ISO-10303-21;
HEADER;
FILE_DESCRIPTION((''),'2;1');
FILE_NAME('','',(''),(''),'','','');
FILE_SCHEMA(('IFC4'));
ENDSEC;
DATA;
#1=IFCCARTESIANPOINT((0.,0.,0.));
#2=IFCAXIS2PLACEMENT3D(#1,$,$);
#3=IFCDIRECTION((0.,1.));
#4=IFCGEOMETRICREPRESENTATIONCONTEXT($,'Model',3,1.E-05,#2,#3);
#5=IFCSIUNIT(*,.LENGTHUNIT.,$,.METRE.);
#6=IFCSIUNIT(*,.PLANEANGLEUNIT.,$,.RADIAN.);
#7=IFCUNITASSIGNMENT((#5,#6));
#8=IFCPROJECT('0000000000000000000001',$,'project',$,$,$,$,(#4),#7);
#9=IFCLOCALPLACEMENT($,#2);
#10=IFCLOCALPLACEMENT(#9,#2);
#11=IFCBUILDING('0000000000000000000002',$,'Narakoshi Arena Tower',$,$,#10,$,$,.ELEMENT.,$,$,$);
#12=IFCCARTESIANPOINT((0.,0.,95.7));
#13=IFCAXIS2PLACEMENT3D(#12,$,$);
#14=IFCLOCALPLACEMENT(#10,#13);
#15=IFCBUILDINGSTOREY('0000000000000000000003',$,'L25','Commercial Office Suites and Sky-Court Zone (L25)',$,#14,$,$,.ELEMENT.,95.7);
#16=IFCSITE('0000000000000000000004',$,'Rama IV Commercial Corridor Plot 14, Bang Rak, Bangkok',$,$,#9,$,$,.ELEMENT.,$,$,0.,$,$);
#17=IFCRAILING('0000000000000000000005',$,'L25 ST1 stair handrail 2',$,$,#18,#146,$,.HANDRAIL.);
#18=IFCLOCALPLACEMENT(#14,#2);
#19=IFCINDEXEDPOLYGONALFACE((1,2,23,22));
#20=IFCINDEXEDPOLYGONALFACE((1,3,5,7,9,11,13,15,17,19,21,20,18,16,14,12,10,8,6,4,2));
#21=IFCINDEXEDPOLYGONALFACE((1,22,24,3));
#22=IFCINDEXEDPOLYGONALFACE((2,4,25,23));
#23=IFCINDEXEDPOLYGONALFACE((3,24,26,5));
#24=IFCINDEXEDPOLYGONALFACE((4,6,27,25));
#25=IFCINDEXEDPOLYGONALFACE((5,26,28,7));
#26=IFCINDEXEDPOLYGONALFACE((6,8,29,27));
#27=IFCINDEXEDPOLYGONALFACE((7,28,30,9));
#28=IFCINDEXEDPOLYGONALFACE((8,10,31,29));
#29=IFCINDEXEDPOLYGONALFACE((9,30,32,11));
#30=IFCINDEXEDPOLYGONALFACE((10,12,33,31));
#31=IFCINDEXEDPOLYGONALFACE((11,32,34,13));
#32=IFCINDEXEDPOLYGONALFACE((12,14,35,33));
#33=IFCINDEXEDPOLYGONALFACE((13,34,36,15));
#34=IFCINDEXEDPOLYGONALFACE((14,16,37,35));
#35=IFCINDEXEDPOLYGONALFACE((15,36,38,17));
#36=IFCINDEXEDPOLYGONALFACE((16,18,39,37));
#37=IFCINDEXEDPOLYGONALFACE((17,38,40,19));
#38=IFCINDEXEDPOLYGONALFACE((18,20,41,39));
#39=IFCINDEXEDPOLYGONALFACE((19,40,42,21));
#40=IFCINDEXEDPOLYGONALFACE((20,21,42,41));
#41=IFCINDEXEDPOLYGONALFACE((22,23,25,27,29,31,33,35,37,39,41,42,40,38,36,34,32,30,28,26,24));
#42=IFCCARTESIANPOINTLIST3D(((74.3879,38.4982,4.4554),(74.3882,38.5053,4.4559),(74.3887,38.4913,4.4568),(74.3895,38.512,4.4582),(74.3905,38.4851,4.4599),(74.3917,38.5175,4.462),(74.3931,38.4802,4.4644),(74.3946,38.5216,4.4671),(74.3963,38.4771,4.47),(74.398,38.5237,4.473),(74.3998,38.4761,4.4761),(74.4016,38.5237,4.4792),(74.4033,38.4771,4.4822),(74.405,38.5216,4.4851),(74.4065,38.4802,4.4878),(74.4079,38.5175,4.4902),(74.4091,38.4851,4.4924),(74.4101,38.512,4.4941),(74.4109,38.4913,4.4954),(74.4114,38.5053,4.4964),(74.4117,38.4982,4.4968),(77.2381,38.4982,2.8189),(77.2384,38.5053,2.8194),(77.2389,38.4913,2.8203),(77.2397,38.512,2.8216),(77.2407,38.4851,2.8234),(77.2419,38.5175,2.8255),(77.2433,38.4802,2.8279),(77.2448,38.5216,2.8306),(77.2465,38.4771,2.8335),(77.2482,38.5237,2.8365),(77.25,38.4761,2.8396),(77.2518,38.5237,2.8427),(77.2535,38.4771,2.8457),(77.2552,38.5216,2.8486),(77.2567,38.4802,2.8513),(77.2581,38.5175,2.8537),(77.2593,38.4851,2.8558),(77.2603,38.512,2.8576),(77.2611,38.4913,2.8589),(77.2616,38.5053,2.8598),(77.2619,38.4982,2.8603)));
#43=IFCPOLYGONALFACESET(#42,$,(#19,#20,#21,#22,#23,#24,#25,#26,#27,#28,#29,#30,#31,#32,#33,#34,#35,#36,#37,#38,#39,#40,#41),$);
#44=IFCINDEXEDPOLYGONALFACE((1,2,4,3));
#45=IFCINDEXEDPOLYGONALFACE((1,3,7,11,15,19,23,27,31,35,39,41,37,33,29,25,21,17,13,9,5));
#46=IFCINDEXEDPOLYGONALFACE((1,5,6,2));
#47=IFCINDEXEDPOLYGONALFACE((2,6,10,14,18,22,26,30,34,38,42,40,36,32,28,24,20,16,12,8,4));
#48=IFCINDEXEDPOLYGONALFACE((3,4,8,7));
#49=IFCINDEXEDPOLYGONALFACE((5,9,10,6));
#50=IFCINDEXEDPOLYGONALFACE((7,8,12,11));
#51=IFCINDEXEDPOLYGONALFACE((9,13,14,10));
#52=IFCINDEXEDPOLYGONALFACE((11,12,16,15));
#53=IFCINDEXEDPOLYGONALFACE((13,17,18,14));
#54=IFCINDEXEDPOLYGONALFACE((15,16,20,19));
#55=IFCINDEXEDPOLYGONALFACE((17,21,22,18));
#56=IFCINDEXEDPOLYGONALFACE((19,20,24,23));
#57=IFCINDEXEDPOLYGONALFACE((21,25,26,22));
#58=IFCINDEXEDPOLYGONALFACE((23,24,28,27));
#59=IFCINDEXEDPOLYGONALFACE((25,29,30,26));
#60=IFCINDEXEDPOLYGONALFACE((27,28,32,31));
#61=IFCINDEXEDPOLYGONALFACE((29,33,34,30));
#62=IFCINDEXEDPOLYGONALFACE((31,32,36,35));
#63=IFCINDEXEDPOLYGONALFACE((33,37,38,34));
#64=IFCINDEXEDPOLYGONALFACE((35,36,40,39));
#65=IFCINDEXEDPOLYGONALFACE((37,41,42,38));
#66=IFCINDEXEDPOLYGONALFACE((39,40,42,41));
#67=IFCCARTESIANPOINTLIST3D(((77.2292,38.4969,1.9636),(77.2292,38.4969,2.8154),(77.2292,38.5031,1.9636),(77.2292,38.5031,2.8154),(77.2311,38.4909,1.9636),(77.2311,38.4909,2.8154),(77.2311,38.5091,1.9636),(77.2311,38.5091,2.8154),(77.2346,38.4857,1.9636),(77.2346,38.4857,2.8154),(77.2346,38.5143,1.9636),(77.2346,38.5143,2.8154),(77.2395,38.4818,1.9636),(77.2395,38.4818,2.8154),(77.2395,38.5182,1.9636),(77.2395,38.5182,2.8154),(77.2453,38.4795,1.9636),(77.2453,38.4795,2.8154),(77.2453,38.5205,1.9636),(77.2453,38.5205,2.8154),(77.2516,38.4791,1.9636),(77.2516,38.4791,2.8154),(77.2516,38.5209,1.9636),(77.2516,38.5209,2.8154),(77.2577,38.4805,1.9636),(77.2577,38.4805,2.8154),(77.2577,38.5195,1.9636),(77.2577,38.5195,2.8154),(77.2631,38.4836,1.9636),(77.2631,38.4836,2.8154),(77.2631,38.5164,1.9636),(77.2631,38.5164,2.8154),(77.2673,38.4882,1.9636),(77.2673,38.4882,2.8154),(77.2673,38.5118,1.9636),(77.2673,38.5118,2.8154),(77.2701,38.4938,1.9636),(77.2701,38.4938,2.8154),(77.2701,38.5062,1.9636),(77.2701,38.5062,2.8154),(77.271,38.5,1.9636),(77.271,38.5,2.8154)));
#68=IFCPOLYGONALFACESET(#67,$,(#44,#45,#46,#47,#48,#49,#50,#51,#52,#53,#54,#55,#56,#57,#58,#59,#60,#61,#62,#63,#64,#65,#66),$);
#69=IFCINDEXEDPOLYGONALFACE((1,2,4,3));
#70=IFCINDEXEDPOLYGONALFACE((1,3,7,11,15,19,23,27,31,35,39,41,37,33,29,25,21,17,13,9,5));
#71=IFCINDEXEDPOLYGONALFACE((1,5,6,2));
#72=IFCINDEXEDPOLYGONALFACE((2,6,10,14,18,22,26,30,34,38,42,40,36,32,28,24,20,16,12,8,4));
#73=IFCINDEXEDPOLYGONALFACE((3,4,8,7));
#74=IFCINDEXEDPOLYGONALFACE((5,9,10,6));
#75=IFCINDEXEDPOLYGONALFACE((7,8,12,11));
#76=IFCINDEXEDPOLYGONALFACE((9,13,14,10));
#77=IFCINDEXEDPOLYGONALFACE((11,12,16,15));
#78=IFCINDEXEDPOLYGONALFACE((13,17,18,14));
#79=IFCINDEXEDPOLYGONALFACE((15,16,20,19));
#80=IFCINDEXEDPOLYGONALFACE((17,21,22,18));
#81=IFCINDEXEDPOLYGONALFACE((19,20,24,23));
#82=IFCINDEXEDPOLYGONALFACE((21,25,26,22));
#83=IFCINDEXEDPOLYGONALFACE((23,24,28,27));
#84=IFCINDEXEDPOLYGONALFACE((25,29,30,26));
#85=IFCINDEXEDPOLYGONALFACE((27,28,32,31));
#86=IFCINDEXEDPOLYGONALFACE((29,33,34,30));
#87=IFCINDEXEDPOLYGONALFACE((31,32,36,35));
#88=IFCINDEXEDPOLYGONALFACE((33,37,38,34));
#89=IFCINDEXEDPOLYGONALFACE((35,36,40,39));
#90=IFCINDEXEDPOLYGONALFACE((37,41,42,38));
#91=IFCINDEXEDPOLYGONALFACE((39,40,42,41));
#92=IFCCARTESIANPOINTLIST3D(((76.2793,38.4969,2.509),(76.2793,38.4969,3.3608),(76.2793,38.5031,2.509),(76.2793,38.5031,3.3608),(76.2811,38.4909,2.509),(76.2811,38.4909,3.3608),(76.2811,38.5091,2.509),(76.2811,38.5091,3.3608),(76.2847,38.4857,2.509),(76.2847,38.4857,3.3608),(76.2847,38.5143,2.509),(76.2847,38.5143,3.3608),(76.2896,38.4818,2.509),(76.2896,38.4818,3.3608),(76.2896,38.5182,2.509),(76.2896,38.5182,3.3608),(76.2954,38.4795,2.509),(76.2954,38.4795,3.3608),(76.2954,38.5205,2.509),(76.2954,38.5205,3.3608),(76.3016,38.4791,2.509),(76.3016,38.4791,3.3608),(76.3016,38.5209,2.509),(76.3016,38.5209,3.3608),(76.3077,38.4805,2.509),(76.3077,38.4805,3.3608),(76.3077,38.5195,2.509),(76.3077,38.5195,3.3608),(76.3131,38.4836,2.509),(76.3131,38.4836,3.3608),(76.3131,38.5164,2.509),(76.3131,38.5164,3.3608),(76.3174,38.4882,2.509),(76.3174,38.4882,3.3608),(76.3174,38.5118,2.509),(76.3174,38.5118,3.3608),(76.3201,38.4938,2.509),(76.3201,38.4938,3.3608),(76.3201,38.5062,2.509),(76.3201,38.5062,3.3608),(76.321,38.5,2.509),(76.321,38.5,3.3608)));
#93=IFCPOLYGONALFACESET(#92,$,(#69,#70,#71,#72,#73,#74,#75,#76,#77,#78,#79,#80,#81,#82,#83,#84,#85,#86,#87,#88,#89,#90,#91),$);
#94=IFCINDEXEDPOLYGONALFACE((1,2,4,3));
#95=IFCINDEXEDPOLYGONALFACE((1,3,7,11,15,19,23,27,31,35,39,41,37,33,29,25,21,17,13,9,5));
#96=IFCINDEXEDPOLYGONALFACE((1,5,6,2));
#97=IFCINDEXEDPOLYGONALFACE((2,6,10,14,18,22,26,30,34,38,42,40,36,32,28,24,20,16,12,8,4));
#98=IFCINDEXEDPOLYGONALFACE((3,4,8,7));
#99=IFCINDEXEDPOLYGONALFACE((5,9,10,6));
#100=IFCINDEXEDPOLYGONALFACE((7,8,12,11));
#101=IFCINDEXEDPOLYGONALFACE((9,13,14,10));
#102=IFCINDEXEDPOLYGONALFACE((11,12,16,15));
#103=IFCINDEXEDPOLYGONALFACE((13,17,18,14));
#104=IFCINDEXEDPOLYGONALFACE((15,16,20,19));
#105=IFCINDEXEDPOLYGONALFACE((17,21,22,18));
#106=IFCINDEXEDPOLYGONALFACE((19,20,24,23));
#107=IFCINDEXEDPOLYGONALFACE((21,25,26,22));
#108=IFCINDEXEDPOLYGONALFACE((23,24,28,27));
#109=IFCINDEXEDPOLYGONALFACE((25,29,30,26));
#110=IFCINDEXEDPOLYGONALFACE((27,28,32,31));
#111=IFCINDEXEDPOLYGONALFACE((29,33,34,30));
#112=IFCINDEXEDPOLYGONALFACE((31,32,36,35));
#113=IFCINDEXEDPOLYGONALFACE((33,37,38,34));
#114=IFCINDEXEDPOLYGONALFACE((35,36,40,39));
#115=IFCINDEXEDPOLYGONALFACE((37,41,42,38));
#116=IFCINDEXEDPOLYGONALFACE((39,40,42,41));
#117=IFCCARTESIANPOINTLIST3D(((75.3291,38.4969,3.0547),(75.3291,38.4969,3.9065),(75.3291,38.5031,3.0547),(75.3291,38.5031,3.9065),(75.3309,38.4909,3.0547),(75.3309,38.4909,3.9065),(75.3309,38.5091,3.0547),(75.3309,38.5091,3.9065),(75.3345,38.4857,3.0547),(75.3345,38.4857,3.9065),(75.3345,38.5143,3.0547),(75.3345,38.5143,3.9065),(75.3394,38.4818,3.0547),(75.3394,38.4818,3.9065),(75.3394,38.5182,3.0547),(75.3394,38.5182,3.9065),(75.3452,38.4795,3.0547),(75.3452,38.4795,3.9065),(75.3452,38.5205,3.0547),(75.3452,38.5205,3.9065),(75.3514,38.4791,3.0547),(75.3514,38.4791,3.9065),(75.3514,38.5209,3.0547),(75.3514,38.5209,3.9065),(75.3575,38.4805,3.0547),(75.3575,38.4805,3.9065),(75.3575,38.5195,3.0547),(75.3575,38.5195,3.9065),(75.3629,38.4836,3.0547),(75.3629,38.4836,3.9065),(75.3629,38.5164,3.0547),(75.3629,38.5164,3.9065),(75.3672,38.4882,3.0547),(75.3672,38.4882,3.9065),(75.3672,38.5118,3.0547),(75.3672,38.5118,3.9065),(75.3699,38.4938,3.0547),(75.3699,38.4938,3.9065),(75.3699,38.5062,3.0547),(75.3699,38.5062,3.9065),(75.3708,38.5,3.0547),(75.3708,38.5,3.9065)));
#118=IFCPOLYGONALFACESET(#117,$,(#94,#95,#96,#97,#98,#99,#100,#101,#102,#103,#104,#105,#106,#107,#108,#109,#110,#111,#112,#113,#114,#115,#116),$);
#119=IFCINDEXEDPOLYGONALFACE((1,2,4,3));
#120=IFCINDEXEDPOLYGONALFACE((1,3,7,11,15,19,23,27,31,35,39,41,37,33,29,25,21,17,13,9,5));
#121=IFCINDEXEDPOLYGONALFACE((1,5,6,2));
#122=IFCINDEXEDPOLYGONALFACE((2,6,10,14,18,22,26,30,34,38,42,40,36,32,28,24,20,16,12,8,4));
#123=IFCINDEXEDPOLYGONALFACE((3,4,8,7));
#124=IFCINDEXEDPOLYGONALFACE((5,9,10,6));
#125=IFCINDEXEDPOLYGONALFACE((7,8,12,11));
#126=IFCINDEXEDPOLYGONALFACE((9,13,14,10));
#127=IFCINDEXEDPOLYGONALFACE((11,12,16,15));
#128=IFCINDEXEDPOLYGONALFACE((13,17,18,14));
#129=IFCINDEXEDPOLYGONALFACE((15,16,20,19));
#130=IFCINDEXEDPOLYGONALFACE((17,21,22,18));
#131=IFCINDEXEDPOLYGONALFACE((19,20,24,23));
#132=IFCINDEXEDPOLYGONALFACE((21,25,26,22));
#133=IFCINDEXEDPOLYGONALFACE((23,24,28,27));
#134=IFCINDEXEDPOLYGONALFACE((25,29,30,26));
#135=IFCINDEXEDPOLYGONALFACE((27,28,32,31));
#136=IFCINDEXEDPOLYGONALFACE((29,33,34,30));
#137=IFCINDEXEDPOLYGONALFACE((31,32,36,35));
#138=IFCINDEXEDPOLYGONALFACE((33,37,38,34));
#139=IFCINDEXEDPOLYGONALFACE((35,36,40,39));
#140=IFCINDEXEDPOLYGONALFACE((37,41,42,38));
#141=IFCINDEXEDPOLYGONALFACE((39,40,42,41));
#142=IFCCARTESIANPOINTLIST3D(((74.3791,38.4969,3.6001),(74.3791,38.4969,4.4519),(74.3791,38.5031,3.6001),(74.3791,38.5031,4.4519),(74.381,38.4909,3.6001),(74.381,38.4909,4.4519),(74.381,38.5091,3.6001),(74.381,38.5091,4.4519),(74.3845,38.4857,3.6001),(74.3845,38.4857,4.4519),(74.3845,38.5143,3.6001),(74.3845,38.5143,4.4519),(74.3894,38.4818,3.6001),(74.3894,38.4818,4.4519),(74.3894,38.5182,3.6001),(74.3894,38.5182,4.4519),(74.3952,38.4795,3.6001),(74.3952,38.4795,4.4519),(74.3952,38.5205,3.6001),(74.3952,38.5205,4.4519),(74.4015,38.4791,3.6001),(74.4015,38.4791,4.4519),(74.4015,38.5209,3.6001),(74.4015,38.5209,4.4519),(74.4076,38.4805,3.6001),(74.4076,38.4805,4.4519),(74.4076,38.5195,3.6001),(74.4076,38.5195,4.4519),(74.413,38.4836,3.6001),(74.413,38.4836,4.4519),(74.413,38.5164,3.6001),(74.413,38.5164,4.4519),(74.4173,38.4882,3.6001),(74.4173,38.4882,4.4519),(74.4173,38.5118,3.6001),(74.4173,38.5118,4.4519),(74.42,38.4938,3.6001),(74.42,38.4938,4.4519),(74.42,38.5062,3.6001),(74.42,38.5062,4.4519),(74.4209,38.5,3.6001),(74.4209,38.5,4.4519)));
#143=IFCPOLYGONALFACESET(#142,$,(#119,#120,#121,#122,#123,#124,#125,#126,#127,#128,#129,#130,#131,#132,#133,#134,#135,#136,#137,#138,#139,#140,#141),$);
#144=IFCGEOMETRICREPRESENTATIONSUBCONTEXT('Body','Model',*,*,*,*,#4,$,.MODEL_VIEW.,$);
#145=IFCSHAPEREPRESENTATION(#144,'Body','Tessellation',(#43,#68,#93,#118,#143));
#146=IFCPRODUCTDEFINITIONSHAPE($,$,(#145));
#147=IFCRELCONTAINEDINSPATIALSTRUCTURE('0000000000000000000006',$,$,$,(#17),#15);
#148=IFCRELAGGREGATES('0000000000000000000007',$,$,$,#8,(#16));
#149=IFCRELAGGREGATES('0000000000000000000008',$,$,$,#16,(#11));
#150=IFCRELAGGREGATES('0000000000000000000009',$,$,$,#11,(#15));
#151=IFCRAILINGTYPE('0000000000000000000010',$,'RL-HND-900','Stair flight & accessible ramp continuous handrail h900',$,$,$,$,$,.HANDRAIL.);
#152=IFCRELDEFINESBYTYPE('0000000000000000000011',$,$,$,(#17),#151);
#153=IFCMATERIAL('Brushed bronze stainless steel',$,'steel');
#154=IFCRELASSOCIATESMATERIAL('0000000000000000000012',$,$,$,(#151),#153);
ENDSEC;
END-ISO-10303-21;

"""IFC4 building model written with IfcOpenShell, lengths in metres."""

from ifc_helpers import new_model, si_unit, direction, frame, origin, origin_2d, place, context, subcontext, project, spatial, circle, extrude, material, type_object, element, save


model = new_model("IFC4")

# Units and contexts
model_context = context("Model", 3, precision=1e-05, world=origin(), true_north=direction((0.0, 1.0)))
body_context = subcontext(model_context, "Body", "Model", "MODEL_VIEW")
ifc_project = project(units=[si_unit("LENGTHUNIT", "METRE"), si_unit("PLANEANGLEUNIT", "RADIAN")], contexts=[model_context])

# Site, building, storey
site_placement = place(None, origin())
site = spatial("IfcSite", under=ifc_project, at=site_placement, Name="Rama IV Commercial Corridor Plot 14, Bang Rak, Bangkok", CompositionType="ELEMENT", RefElevation=0.0)
building_placement = place(site_placement, origin())
building = spatial("IfcBuilding", under=site, at=building_placement, Name="Narakoshi Arena Tower", CompositionType="ELEMENT")
storey_placement = place(building_placement, frame((0.0, 0.0, 95.7)))
storey = spatial("IfcBuildingStorey", under=building, at=storey_placement, Name="L25", Description="Commercial Office Suites and Sky-Court Zone (L25)", CompositionType="ELEMENT", Elevation=95.7)

# Railing
ifc_material_1 = material(Name="Brushed bronze stainless steel", Category="steel")
railing_type_1 = type_object("IfcRailingType", Name="RL-HND-900", Description="Stair flight & accessible ramp continuous handrail h900", PredefinedType="HANDRAIL", material=ifc_material_1)
for number, where, name in (
    (1, (77.25, 38.5, 1.9636), "L25 ST1 stair handrail 2"),
):
    element("IfcRailing", number, at=place(storey_placement, frame(where)), inside=storey, type_object=railing_type_1, Name=name, PredefinedType="HANDRAIL", context=body_context, shape_type="SweptSolid", body=[
        extrude(circle(Radius=0.0239, at=origin_2d()), frame((0.0, 0.0, 0.876), z_axis=(-0.867213, 0.0, 0.497938), x_axis=(0.0, -1.0, 0.0)), (0.0, 0.0, 1.0), 3.2866),
        extrude(circle(Radius=0.021, at=origin_2d()), origin(), (0.0, 0.0, 1.0), 0.8518),
        extrude(circle(Radius=0.021, at=origin_2d()), frame((-0.95, 0.0, 0.5454)), (0.0, 0.0, 1.0), 0.8518),
        extrude(circle(Radius=0.021, at=origin_2d()), frame((-1.9001, 0.0, 1.0911)), (0.0, 0.0, 1.0), 0.8518),
        extrude(circle(Radius=0.021, at=origin_2d()), frame((-2.8501, 0.0, 1.6365)), (0.0, 0.0, 1.0), 0.8518),
    ])

save(model, "model.ifc")
